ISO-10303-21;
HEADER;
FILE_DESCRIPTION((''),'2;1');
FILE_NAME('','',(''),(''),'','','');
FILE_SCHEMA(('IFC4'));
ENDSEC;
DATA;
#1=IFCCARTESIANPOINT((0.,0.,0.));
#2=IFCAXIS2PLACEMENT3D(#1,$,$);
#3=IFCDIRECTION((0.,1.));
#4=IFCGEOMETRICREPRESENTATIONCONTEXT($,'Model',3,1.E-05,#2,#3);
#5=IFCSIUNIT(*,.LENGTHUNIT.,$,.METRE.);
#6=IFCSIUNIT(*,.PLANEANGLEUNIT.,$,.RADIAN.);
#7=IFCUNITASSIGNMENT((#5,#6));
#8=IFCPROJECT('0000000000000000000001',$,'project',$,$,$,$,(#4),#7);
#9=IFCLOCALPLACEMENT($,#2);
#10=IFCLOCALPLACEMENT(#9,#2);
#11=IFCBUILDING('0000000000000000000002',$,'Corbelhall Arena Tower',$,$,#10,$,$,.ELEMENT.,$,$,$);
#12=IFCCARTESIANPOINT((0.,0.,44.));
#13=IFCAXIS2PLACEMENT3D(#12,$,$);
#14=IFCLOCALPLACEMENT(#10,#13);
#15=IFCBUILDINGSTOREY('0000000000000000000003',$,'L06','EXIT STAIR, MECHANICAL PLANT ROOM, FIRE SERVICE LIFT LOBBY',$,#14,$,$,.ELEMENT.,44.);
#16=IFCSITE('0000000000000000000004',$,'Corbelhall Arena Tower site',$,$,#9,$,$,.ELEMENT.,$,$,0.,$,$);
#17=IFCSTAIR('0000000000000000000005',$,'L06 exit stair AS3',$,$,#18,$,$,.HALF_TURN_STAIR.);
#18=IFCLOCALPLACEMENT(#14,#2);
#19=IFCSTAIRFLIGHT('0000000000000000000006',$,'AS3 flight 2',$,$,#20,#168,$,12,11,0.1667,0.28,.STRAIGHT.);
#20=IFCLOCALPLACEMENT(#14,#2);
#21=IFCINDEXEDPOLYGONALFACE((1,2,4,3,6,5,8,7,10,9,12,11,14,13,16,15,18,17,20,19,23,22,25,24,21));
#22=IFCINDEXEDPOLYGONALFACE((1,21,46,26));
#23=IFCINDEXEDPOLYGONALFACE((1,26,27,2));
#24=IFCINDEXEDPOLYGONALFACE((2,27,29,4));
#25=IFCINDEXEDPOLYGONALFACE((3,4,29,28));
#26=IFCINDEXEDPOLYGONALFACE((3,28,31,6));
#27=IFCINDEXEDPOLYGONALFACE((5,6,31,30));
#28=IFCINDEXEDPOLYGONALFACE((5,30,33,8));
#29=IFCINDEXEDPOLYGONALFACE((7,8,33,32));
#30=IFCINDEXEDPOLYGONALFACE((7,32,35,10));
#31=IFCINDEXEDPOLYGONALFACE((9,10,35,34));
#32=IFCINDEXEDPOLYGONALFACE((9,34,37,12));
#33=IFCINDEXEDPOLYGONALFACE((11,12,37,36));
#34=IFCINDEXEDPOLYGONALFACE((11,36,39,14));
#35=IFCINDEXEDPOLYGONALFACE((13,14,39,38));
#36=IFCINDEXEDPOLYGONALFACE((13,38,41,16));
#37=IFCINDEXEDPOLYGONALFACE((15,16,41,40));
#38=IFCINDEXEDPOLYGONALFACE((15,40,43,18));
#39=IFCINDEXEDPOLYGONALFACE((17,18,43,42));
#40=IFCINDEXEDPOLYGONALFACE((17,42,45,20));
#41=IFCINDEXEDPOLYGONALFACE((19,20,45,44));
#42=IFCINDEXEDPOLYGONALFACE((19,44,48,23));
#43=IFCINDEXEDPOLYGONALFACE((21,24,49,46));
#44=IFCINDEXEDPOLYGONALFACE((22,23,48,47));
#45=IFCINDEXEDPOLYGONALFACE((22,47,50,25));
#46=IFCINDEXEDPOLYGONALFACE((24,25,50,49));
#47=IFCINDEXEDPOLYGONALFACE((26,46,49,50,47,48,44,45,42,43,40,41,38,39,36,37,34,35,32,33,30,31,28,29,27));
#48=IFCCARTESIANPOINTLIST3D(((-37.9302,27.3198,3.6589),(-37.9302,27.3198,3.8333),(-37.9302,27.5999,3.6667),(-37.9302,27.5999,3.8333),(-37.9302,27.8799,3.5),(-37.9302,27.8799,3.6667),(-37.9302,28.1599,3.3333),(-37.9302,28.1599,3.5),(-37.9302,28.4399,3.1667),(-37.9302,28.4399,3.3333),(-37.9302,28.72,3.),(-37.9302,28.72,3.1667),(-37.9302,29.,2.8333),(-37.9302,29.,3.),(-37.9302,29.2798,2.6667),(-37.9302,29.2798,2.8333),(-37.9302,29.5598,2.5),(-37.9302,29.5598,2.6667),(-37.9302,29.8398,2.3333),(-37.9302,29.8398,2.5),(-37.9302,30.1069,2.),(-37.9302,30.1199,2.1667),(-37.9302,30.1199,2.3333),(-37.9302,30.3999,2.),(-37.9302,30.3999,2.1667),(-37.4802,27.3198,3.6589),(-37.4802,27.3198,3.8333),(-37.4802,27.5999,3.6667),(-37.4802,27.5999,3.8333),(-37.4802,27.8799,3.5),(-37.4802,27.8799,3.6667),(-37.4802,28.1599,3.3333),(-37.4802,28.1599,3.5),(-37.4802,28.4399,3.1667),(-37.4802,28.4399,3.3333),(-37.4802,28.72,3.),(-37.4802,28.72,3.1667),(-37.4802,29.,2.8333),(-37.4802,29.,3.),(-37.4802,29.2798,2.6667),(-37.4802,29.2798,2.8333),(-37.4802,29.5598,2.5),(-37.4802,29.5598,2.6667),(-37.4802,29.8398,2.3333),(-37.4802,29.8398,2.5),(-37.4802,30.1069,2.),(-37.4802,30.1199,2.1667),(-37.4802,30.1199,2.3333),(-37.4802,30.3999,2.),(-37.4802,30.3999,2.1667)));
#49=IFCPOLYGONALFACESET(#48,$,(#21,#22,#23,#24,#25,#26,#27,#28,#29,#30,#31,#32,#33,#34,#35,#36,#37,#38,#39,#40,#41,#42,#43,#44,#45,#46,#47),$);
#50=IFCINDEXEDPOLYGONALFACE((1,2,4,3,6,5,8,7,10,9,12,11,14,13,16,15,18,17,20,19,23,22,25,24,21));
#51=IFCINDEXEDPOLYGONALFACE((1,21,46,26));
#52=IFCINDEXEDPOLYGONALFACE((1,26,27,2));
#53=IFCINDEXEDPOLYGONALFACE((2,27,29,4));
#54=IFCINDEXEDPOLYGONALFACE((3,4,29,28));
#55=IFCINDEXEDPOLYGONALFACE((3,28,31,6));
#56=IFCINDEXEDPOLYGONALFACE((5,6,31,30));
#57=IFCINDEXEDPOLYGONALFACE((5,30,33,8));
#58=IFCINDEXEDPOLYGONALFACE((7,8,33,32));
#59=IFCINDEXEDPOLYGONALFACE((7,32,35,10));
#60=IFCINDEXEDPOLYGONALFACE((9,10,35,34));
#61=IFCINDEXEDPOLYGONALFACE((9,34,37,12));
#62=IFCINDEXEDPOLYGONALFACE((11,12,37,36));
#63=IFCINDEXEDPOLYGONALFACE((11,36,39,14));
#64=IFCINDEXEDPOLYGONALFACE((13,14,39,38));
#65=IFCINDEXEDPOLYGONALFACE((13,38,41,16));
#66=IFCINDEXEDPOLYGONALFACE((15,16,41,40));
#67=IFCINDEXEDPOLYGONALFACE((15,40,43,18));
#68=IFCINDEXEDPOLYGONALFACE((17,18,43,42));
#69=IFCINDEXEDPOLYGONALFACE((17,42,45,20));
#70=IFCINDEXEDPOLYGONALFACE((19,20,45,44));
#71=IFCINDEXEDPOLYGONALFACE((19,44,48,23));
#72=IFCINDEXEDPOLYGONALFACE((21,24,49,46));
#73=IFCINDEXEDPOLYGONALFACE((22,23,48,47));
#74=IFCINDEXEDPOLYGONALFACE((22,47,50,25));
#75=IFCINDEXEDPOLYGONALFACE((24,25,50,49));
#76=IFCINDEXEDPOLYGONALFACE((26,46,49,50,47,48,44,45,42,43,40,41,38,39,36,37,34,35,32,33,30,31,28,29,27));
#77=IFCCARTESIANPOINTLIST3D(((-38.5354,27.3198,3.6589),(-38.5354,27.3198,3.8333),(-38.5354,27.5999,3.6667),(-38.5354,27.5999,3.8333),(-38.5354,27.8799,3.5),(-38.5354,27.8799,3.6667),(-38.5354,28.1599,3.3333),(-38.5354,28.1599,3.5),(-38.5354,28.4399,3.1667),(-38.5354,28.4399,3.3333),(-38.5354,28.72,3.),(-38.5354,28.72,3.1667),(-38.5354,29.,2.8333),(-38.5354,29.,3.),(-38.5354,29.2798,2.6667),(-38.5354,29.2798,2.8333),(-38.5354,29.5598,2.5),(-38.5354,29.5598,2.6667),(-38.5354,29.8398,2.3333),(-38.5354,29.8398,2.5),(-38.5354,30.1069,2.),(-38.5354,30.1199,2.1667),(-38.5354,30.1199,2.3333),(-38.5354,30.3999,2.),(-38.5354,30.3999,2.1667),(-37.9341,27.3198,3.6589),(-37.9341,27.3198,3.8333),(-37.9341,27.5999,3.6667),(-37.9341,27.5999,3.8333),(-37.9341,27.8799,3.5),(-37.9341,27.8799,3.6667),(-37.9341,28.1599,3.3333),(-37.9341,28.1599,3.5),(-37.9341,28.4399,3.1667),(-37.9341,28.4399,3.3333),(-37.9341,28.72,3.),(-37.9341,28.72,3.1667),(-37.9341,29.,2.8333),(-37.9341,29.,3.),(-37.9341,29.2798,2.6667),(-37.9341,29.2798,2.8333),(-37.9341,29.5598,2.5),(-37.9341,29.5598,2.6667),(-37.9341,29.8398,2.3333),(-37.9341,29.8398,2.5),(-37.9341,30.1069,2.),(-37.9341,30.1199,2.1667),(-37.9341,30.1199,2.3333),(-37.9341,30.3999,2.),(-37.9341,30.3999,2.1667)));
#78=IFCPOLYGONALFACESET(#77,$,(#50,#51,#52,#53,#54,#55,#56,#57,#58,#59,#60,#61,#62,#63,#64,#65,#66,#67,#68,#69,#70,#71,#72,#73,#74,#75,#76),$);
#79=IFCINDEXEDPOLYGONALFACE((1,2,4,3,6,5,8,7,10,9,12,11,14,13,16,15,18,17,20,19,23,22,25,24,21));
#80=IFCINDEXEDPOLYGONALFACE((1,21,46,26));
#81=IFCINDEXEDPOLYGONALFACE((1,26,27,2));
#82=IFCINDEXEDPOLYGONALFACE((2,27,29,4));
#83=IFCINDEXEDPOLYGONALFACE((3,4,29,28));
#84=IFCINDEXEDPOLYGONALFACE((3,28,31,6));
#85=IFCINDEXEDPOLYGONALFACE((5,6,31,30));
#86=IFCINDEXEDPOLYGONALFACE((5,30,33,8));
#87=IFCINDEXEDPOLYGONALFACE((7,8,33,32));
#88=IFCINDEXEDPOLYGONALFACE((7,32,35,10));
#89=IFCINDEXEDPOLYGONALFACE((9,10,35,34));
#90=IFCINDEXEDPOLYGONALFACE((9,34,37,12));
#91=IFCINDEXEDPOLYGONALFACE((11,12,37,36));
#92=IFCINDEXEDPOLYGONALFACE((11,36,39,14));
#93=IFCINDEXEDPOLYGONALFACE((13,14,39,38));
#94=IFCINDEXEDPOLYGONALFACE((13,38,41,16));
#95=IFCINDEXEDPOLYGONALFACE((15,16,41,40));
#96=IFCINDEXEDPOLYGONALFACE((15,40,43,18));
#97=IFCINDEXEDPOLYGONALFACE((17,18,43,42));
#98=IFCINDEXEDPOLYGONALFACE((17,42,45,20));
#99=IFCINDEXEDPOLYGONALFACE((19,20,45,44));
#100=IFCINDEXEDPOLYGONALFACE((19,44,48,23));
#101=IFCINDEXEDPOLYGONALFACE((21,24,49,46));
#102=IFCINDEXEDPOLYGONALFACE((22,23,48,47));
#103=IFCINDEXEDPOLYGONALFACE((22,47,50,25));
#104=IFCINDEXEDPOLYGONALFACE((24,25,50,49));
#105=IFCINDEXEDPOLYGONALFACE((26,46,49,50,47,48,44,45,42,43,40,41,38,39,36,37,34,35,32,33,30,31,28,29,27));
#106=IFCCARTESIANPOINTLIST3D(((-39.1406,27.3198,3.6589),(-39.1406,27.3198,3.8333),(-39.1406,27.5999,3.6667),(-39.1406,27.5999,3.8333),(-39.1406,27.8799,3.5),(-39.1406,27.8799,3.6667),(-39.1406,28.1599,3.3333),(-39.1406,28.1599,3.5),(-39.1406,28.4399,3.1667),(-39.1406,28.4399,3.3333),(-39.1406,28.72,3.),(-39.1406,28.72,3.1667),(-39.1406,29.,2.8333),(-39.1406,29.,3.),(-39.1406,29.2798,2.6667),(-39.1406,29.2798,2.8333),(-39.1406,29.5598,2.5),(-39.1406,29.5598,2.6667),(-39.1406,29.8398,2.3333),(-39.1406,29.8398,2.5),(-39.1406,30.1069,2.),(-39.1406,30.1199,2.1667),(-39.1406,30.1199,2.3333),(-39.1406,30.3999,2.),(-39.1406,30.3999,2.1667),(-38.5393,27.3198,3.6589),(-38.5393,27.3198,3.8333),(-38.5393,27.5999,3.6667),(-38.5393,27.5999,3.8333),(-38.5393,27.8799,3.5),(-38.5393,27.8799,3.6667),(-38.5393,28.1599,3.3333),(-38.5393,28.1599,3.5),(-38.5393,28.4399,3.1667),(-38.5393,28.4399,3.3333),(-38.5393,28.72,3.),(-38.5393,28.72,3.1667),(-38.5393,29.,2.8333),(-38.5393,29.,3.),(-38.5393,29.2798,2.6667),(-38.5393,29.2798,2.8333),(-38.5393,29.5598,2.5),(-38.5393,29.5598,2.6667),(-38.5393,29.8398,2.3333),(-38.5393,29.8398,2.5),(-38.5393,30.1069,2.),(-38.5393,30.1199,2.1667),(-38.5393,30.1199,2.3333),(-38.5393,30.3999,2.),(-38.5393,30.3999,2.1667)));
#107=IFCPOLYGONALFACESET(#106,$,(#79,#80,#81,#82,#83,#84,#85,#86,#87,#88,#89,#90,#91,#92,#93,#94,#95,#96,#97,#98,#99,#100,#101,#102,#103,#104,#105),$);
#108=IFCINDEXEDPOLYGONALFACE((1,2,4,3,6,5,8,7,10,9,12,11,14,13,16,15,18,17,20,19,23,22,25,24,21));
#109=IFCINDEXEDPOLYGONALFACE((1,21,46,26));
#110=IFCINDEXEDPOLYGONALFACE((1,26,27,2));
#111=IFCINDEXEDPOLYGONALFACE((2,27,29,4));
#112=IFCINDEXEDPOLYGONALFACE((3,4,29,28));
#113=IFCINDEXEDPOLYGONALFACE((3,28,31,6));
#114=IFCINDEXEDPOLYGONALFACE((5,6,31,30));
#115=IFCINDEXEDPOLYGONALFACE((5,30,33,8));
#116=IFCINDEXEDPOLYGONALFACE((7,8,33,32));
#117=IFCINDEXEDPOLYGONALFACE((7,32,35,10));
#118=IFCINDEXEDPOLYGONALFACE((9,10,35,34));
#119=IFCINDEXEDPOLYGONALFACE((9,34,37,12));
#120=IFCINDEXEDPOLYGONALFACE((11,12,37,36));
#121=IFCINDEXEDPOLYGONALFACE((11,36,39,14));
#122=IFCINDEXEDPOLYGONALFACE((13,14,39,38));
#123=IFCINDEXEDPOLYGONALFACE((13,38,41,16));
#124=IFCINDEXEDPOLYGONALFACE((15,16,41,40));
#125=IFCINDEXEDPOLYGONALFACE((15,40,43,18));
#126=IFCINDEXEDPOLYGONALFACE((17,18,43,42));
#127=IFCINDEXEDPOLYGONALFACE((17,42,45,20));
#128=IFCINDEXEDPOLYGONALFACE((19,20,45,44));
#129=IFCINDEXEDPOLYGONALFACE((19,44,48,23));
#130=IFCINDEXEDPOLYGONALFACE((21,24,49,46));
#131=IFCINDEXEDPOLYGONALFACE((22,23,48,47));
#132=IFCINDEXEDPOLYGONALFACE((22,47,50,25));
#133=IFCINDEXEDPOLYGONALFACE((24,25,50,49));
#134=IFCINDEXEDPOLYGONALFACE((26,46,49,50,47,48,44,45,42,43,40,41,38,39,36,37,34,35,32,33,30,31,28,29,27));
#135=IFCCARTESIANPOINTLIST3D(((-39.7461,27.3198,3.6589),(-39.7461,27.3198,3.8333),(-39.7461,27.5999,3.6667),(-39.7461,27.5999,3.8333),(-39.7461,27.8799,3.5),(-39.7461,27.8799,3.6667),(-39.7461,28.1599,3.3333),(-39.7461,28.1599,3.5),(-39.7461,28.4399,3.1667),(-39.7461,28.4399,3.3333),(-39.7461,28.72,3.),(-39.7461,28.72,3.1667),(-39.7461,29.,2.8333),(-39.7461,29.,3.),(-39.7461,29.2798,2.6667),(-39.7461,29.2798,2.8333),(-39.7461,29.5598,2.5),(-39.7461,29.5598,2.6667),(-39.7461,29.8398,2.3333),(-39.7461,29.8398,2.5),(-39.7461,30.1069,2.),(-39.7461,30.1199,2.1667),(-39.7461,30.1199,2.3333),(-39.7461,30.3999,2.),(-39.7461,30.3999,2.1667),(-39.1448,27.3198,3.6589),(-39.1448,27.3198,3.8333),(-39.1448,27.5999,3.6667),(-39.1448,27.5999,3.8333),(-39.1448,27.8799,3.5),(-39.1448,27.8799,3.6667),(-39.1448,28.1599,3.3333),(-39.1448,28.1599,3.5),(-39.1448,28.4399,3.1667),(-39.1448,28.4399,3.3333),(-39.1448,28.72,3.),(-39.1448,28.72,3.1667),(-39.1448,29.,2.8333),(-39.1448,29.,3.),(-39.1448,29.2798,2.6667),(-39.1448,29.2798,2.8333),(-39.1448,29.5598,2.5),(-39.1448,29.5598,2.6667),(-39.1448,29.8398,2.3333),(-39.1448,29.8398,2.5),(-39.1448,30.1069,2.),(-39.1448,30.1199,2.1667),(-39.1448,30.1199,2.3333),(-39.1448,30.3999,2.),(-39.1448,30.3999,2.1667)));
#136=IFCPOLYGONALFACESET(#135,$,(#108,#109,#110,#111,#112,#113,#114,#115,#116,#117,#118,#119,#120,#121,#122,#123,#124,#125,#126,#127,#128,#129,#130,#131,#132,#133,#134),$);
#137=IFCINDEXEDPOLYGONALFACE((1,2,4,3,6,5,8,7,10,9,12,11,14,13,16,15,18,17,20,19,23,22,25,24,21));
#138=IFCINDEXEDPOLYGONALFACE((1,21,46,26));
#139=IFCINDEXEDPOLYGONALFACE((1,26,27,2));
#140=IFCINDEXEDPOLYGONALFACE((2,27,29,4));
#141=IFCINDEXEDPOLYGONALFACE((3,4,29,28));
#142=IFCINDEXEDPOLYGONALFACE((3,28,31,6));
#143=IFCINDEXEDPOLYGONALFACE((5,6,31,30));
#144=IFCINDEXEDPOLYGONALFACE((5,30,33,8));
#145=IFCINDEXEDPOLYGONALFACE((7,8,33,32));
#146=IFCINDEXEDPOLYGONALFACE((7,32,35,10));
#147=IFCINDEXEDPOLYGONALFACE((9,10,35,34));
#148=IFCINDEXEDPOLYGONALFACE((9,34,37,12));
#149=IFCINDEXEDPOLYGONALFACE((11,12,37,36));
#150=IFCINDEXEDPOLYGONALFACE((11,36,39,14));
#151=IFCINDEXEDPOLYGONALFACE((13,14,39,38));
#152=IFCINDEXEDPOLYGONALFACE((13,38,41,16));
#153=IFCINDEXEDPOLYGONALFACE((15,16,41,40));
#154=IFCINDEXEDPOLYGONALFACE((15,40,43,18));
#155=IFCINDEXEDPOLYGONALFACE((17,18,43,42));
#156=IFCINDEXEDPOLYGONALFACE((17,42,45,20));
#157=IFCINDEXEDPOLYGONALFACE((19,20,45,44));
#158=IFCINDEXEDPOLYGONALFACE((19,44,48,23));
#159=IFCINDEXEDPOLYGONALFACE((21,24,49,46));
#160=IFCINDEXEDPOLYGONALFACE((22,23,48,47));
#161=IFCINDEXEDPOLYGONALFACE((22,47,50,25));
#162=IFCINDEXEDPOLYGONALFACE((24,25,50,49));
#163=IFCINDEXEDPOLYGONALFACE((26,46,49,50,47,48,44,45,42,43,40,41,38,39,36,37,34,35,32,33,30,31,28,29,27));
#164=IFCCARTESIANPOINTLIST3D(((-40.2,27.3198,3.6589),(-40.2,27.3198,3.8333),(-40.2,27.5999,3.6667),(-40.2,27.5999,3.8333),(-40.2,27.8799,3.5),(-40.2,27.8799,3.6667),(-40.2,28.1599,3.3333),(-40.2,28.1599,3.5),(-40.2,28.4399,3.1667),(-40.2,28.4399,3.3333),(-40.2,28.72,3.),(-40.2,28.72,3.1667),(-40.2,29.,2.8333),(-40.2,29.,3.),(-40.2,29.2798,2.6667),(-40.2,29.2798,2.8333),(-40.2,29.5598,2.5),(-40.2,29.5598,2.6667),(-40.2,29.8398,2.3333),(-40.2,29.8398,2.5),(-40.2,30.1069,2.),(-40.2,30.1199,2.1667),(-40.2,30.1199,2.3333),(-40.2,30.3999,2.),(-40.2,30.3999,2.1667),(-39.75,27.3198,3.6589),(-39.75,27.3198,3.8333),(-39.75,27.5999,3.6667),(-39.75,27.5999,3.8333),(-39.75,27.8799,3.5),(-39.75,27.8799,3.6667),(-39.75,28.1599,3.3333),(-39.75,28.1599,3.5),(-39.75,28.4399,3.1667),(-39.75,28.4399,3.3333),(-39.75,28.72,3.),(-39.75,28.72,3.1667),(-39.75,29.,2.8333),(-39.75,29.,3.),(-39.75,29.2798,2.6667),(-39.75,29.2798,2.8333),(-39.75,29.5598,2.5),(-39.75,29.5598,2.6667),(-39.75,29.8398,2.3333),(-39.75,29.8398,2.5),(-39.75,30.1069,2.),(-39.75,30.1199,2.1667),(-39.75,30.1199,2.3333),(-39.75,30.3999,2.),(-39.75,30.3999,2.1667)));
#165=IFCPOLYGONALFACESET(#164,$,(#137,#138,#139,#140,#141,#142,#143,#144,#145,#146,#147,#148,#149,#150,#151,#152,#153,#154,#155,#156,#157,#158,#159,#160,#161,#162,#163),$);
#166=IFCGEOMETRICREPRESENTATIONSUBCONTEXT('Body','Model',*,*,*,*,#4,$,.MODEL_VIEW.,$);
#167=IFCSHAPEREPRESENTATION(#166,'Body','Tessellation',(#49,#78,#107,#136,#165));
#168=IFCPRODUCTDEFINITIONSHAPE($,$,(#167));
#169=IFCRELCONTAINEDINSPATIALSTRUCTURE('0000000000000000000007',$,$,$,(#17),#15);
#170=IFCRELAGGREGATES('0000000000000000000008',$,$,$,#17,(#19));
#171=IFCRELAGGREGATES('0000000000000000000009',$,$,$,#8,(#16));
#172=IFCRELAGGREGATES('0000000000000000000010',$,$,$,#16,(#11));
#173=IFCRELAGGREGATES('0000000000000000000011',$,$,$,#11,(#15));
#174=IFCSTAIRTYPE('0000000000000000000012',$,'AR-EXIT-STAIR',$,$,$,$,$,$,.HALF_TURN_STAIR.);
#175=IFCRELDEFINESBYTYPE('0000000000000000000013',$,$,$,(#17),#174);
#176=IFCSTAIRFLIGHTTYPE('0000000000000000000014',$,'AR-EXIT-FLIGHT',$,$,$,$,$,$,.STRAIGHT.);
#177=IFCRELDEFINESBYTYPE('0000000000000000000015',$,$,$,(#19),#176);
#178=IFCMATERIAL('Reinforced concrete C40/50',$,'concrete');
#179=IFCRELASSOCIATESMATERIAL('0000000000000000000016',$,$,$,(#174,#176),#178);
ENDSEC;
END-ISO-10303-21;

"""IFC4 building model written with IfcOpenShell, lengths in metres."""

from ifc_helpers import new_model, si_unit, direction, frame, origin, place, context, subcontext, project, spatial, polyline, outline, extrude, material, type_object, element, aggregate, save


model = new_model("IFC4")

# Units and contexts
model_context = context("Model", 3, precision=1e-05, world=origin(), true_north=direction((0.0, 1.0)))
body_context = subcontext(model_context, "Body", "Model", "MODEL_VIEW")
ifc_project = project(units=[si_unit("LENGTHUNIT", "METRE"), si_unit("PLANEANGLEUNIT", "RADIAN")], contexts=[model_context])

# Site, building, storey
site_placement = place(None, origin())
site = spatial("IfcSite", under=ifc_project, at=site_placement, Name="Corbelhall Arena Tower site", CompositionType="ELEMENT", RefElevation=0.0)
building_placement = place(site_placement, origin())
building = spatial("IfcBuilding", under=site, at=building_placement, Name="Corbelhall Arena Tower", CompositionType="ELEMENT")
storey_placement = place(building_placement, frame((0.0, 0.0, 44.0)))
storey = spatial("IfcBuildingStorey", under=building, at=storey_placement, Name="L06", Description="EXIT STAIR, MECHANICAL PLANT ROOM, FIRE SERVICE LIFT LOBBY", CompositionType="ELEMENT", Elevation=44.0)

# Shared definitions
ifc_material_1 = material(Name="Reinforced concrete C40/50", Category="concrete")

# Stair, stair flight
stair_type = type_object("IfcStairType", Name="AR-EXIT-STAIR", PredefinedType="HALF_TURN_STAIR", material=ifc_material_1)
stair_1_placement = place(storey_placement, origin())
stair_1 = element("IfcStair", 1, at=stair_1_placement, inside=storey, type_object=stair_type, Name="L06 exit stair AS3", PredefinedType="HALF_TURN_STAIR")
stair_flight_type = type_object("IfcStairFlightType", Name="AR-EXIT-FLIGHT", PredefinedType="STRAIGHT", material=ifc_material_1)
stair_flight_1_placement = place(storey_placement, frame((-38.8401, 30.3999, 2.0), z_axis=(0.0, 0.0, 1.0), x_axis=(0.0, -1.0, 0.0)))
stair_flight_1 = element("IfcStairFlight", 2, at=stair_flight_1_placement, type_object=stair_flight_type, Name="AS3 flight 2", NumberOfRisers=12, NumberOfTreads=11, PredefinedType="STRAIGHT", RiserHeight=0.1667, TreadLength=0.28, context=body_context, shape_type="SweptSolid", body=[
    extrude(outline(polyline([(0.0, 0.0), (0.0, 0.1667), (0.28, 0.1667), (0.28, 0.3333), (0.5601, 0.3333), (0.5601, 0.5), (0.8401, 0.5), (0.8401, 0.6667), (1.1201, 0.6667), (1.1201, 0.8333), (1.3999, 0.8333), (1.3999, 1.0), (1.6799, 1.0), (1.6799, 1.1667), (1.96, 1.1667), (1.96, 1.3333), (2.24, 1.3333), (2.24, 1.5), (2.52, 1.5), (2.52, 1.6667), (2.8, 1.6667), (2.8, 1.8333), (3.0801, 1.8333), (3.0801, 2.0), (3.0801, 1.6589), (0.293, 0.0), (0.0, 0.0)])), frame((0.0, 1.3599, 0.0), z_axis=(0.0, -1.0, 0.0), x_axis=(1.0, 0.0, 0.0)), (0.0, 0.0, 1.0), 0.45),
    extrude(outline(polyline([(0.0, 0.0), (0.0, 0.1667), (0.28, 0.1667), (0.28, 0.3333), (0.5601, 0.3333), (0.5601, 0.5), (0.8401, 0.5), (0.8401, 0.6667), (1.1201, 0.6667), (1.1201, 0.8333), (1.3999, 0.8333), (1.3999, 1.0), (1.6799, 1.0), (1.6799, 1.1667), (1.96, 1.1667), (1.96, 1.3333), (2.24, 1.3333), (2.24, 1.5), (2.52, 1.5), (2.52, 1.6667), (2.8, 1.6667), (2.8, 1.8333), (3.0801, 1.8333), (3.0801, 2.0), (3.0801, 1.6589), (0.293, 0.0), (0.0, 0.0)])), frame((0.0, 0.906, 0.0), z_axis=(0.0, -1.0, 0.0), x_axis=(1.0, 0.0, 0.0)), (0.0, 0.0, 1.0), 0.6013),
    extrude(outline(polyline([(0.0, 0.0), (0.0, 0.1667), (0.28, 0.1667), (0.28, 0.3333), (0.5601, 0.3333), (0.5601, 0.5), (0.8401, 0.5), (0.8401, 0.6667), (1.1201, 0.6667), (1.1201, 0.8333), (1.3999, 0.8333), (1.3999, 1.0), (1.6799, 1.0), (1.6799, 1.1667), (1.96, 1.1667), (1.96, 1.3333), (2.24, 1.3333), (2.24, 1.5), (2.52, 1.5), (2.52, 1.6667), (2.8, 1.6667), (2.8, 1.8333), (3.0801, 1.8333), (3.0801, 2.0), (3.0801, 1.6589), (0.293, 0.0), (0.0, 0.0)])), frame((0.0, 0.3008, 0.0), z_axis=(0.0, -1.0, 0.0), x_axis=(1.0, 0.0, 0.0)), (0.0, 0.0, 1.0), 0.6013),
    extrude(outline(polyline([(0.0, 0.0), (0.0, 0.1667), (0.28, 0.1667), (0.28, 0.3333), (0.5601, 0.3333), (0.5601, 0.5), (0.8401, 0.5), (0.8401, 0.6667), (1.1201, 0.6667), (1.1201, 0.8333), (1.3999, 0.8333), (1.3999, 1.0), (1.6799, 1.0), (1.6799, 1.1667), (1.96, 1.1667), (1.96, 1.3333), (2.24, 1.3333), (2.24, 1.5), (2.52, 1.5), (2.52, 1.6667), (2.8, 1.6667), (2.8, 1.8333), (3.0801, 1.8333), (3.0801, 2.0), (3.0801, 1.6589), (0.293, 0.0), (0.0, 0.0)])), frame((0.0, -0.3047, 0.0), z_axis=(0.0, -1.0, 0.0), x_axis=(1.0, 0.0, 0.0)), (0.0, 0.0, 1.0), 0.6013),
    extrude(outline(polyline([(0.0, 0.0), (0.0, 0.1667), (0.28, 0.1667), (0.28, 0.3333), (0.5601, 0.3333), (0.5601, 0.5), (0.8401, 0.5), (0.8401, 0.6667), (1.1201, 0.6667), (1.1201, 0.8333), (1.3999, 0.8333), (1.3999, 1.0), (1.6799, 1.0), (1.6799, 1.1667), (1.96, 1.1667), (1.96, 1.3333), (2.24, 1.3333), (2.24, 1.5), (2.52, 1.5), (2.52, 1.6667), (2.8, 1.6667), (2.8, 1.8333), (3.0801, 1.8333), (3.0801, 2.0), (3.0801, 1.6589), (0.293, 0.0), (0.0, 0.0)])), frame((0.0, -0.9099, 0.0), z_axis=(0.0, -1.0, 0.0), x_axis=(1.0, 0.0, 0.0)), (0.0, 0.0, 1.0), 0.45),
])
aggregate(stair_1, [stair_flight_1])

save(model, "model.ifc")
